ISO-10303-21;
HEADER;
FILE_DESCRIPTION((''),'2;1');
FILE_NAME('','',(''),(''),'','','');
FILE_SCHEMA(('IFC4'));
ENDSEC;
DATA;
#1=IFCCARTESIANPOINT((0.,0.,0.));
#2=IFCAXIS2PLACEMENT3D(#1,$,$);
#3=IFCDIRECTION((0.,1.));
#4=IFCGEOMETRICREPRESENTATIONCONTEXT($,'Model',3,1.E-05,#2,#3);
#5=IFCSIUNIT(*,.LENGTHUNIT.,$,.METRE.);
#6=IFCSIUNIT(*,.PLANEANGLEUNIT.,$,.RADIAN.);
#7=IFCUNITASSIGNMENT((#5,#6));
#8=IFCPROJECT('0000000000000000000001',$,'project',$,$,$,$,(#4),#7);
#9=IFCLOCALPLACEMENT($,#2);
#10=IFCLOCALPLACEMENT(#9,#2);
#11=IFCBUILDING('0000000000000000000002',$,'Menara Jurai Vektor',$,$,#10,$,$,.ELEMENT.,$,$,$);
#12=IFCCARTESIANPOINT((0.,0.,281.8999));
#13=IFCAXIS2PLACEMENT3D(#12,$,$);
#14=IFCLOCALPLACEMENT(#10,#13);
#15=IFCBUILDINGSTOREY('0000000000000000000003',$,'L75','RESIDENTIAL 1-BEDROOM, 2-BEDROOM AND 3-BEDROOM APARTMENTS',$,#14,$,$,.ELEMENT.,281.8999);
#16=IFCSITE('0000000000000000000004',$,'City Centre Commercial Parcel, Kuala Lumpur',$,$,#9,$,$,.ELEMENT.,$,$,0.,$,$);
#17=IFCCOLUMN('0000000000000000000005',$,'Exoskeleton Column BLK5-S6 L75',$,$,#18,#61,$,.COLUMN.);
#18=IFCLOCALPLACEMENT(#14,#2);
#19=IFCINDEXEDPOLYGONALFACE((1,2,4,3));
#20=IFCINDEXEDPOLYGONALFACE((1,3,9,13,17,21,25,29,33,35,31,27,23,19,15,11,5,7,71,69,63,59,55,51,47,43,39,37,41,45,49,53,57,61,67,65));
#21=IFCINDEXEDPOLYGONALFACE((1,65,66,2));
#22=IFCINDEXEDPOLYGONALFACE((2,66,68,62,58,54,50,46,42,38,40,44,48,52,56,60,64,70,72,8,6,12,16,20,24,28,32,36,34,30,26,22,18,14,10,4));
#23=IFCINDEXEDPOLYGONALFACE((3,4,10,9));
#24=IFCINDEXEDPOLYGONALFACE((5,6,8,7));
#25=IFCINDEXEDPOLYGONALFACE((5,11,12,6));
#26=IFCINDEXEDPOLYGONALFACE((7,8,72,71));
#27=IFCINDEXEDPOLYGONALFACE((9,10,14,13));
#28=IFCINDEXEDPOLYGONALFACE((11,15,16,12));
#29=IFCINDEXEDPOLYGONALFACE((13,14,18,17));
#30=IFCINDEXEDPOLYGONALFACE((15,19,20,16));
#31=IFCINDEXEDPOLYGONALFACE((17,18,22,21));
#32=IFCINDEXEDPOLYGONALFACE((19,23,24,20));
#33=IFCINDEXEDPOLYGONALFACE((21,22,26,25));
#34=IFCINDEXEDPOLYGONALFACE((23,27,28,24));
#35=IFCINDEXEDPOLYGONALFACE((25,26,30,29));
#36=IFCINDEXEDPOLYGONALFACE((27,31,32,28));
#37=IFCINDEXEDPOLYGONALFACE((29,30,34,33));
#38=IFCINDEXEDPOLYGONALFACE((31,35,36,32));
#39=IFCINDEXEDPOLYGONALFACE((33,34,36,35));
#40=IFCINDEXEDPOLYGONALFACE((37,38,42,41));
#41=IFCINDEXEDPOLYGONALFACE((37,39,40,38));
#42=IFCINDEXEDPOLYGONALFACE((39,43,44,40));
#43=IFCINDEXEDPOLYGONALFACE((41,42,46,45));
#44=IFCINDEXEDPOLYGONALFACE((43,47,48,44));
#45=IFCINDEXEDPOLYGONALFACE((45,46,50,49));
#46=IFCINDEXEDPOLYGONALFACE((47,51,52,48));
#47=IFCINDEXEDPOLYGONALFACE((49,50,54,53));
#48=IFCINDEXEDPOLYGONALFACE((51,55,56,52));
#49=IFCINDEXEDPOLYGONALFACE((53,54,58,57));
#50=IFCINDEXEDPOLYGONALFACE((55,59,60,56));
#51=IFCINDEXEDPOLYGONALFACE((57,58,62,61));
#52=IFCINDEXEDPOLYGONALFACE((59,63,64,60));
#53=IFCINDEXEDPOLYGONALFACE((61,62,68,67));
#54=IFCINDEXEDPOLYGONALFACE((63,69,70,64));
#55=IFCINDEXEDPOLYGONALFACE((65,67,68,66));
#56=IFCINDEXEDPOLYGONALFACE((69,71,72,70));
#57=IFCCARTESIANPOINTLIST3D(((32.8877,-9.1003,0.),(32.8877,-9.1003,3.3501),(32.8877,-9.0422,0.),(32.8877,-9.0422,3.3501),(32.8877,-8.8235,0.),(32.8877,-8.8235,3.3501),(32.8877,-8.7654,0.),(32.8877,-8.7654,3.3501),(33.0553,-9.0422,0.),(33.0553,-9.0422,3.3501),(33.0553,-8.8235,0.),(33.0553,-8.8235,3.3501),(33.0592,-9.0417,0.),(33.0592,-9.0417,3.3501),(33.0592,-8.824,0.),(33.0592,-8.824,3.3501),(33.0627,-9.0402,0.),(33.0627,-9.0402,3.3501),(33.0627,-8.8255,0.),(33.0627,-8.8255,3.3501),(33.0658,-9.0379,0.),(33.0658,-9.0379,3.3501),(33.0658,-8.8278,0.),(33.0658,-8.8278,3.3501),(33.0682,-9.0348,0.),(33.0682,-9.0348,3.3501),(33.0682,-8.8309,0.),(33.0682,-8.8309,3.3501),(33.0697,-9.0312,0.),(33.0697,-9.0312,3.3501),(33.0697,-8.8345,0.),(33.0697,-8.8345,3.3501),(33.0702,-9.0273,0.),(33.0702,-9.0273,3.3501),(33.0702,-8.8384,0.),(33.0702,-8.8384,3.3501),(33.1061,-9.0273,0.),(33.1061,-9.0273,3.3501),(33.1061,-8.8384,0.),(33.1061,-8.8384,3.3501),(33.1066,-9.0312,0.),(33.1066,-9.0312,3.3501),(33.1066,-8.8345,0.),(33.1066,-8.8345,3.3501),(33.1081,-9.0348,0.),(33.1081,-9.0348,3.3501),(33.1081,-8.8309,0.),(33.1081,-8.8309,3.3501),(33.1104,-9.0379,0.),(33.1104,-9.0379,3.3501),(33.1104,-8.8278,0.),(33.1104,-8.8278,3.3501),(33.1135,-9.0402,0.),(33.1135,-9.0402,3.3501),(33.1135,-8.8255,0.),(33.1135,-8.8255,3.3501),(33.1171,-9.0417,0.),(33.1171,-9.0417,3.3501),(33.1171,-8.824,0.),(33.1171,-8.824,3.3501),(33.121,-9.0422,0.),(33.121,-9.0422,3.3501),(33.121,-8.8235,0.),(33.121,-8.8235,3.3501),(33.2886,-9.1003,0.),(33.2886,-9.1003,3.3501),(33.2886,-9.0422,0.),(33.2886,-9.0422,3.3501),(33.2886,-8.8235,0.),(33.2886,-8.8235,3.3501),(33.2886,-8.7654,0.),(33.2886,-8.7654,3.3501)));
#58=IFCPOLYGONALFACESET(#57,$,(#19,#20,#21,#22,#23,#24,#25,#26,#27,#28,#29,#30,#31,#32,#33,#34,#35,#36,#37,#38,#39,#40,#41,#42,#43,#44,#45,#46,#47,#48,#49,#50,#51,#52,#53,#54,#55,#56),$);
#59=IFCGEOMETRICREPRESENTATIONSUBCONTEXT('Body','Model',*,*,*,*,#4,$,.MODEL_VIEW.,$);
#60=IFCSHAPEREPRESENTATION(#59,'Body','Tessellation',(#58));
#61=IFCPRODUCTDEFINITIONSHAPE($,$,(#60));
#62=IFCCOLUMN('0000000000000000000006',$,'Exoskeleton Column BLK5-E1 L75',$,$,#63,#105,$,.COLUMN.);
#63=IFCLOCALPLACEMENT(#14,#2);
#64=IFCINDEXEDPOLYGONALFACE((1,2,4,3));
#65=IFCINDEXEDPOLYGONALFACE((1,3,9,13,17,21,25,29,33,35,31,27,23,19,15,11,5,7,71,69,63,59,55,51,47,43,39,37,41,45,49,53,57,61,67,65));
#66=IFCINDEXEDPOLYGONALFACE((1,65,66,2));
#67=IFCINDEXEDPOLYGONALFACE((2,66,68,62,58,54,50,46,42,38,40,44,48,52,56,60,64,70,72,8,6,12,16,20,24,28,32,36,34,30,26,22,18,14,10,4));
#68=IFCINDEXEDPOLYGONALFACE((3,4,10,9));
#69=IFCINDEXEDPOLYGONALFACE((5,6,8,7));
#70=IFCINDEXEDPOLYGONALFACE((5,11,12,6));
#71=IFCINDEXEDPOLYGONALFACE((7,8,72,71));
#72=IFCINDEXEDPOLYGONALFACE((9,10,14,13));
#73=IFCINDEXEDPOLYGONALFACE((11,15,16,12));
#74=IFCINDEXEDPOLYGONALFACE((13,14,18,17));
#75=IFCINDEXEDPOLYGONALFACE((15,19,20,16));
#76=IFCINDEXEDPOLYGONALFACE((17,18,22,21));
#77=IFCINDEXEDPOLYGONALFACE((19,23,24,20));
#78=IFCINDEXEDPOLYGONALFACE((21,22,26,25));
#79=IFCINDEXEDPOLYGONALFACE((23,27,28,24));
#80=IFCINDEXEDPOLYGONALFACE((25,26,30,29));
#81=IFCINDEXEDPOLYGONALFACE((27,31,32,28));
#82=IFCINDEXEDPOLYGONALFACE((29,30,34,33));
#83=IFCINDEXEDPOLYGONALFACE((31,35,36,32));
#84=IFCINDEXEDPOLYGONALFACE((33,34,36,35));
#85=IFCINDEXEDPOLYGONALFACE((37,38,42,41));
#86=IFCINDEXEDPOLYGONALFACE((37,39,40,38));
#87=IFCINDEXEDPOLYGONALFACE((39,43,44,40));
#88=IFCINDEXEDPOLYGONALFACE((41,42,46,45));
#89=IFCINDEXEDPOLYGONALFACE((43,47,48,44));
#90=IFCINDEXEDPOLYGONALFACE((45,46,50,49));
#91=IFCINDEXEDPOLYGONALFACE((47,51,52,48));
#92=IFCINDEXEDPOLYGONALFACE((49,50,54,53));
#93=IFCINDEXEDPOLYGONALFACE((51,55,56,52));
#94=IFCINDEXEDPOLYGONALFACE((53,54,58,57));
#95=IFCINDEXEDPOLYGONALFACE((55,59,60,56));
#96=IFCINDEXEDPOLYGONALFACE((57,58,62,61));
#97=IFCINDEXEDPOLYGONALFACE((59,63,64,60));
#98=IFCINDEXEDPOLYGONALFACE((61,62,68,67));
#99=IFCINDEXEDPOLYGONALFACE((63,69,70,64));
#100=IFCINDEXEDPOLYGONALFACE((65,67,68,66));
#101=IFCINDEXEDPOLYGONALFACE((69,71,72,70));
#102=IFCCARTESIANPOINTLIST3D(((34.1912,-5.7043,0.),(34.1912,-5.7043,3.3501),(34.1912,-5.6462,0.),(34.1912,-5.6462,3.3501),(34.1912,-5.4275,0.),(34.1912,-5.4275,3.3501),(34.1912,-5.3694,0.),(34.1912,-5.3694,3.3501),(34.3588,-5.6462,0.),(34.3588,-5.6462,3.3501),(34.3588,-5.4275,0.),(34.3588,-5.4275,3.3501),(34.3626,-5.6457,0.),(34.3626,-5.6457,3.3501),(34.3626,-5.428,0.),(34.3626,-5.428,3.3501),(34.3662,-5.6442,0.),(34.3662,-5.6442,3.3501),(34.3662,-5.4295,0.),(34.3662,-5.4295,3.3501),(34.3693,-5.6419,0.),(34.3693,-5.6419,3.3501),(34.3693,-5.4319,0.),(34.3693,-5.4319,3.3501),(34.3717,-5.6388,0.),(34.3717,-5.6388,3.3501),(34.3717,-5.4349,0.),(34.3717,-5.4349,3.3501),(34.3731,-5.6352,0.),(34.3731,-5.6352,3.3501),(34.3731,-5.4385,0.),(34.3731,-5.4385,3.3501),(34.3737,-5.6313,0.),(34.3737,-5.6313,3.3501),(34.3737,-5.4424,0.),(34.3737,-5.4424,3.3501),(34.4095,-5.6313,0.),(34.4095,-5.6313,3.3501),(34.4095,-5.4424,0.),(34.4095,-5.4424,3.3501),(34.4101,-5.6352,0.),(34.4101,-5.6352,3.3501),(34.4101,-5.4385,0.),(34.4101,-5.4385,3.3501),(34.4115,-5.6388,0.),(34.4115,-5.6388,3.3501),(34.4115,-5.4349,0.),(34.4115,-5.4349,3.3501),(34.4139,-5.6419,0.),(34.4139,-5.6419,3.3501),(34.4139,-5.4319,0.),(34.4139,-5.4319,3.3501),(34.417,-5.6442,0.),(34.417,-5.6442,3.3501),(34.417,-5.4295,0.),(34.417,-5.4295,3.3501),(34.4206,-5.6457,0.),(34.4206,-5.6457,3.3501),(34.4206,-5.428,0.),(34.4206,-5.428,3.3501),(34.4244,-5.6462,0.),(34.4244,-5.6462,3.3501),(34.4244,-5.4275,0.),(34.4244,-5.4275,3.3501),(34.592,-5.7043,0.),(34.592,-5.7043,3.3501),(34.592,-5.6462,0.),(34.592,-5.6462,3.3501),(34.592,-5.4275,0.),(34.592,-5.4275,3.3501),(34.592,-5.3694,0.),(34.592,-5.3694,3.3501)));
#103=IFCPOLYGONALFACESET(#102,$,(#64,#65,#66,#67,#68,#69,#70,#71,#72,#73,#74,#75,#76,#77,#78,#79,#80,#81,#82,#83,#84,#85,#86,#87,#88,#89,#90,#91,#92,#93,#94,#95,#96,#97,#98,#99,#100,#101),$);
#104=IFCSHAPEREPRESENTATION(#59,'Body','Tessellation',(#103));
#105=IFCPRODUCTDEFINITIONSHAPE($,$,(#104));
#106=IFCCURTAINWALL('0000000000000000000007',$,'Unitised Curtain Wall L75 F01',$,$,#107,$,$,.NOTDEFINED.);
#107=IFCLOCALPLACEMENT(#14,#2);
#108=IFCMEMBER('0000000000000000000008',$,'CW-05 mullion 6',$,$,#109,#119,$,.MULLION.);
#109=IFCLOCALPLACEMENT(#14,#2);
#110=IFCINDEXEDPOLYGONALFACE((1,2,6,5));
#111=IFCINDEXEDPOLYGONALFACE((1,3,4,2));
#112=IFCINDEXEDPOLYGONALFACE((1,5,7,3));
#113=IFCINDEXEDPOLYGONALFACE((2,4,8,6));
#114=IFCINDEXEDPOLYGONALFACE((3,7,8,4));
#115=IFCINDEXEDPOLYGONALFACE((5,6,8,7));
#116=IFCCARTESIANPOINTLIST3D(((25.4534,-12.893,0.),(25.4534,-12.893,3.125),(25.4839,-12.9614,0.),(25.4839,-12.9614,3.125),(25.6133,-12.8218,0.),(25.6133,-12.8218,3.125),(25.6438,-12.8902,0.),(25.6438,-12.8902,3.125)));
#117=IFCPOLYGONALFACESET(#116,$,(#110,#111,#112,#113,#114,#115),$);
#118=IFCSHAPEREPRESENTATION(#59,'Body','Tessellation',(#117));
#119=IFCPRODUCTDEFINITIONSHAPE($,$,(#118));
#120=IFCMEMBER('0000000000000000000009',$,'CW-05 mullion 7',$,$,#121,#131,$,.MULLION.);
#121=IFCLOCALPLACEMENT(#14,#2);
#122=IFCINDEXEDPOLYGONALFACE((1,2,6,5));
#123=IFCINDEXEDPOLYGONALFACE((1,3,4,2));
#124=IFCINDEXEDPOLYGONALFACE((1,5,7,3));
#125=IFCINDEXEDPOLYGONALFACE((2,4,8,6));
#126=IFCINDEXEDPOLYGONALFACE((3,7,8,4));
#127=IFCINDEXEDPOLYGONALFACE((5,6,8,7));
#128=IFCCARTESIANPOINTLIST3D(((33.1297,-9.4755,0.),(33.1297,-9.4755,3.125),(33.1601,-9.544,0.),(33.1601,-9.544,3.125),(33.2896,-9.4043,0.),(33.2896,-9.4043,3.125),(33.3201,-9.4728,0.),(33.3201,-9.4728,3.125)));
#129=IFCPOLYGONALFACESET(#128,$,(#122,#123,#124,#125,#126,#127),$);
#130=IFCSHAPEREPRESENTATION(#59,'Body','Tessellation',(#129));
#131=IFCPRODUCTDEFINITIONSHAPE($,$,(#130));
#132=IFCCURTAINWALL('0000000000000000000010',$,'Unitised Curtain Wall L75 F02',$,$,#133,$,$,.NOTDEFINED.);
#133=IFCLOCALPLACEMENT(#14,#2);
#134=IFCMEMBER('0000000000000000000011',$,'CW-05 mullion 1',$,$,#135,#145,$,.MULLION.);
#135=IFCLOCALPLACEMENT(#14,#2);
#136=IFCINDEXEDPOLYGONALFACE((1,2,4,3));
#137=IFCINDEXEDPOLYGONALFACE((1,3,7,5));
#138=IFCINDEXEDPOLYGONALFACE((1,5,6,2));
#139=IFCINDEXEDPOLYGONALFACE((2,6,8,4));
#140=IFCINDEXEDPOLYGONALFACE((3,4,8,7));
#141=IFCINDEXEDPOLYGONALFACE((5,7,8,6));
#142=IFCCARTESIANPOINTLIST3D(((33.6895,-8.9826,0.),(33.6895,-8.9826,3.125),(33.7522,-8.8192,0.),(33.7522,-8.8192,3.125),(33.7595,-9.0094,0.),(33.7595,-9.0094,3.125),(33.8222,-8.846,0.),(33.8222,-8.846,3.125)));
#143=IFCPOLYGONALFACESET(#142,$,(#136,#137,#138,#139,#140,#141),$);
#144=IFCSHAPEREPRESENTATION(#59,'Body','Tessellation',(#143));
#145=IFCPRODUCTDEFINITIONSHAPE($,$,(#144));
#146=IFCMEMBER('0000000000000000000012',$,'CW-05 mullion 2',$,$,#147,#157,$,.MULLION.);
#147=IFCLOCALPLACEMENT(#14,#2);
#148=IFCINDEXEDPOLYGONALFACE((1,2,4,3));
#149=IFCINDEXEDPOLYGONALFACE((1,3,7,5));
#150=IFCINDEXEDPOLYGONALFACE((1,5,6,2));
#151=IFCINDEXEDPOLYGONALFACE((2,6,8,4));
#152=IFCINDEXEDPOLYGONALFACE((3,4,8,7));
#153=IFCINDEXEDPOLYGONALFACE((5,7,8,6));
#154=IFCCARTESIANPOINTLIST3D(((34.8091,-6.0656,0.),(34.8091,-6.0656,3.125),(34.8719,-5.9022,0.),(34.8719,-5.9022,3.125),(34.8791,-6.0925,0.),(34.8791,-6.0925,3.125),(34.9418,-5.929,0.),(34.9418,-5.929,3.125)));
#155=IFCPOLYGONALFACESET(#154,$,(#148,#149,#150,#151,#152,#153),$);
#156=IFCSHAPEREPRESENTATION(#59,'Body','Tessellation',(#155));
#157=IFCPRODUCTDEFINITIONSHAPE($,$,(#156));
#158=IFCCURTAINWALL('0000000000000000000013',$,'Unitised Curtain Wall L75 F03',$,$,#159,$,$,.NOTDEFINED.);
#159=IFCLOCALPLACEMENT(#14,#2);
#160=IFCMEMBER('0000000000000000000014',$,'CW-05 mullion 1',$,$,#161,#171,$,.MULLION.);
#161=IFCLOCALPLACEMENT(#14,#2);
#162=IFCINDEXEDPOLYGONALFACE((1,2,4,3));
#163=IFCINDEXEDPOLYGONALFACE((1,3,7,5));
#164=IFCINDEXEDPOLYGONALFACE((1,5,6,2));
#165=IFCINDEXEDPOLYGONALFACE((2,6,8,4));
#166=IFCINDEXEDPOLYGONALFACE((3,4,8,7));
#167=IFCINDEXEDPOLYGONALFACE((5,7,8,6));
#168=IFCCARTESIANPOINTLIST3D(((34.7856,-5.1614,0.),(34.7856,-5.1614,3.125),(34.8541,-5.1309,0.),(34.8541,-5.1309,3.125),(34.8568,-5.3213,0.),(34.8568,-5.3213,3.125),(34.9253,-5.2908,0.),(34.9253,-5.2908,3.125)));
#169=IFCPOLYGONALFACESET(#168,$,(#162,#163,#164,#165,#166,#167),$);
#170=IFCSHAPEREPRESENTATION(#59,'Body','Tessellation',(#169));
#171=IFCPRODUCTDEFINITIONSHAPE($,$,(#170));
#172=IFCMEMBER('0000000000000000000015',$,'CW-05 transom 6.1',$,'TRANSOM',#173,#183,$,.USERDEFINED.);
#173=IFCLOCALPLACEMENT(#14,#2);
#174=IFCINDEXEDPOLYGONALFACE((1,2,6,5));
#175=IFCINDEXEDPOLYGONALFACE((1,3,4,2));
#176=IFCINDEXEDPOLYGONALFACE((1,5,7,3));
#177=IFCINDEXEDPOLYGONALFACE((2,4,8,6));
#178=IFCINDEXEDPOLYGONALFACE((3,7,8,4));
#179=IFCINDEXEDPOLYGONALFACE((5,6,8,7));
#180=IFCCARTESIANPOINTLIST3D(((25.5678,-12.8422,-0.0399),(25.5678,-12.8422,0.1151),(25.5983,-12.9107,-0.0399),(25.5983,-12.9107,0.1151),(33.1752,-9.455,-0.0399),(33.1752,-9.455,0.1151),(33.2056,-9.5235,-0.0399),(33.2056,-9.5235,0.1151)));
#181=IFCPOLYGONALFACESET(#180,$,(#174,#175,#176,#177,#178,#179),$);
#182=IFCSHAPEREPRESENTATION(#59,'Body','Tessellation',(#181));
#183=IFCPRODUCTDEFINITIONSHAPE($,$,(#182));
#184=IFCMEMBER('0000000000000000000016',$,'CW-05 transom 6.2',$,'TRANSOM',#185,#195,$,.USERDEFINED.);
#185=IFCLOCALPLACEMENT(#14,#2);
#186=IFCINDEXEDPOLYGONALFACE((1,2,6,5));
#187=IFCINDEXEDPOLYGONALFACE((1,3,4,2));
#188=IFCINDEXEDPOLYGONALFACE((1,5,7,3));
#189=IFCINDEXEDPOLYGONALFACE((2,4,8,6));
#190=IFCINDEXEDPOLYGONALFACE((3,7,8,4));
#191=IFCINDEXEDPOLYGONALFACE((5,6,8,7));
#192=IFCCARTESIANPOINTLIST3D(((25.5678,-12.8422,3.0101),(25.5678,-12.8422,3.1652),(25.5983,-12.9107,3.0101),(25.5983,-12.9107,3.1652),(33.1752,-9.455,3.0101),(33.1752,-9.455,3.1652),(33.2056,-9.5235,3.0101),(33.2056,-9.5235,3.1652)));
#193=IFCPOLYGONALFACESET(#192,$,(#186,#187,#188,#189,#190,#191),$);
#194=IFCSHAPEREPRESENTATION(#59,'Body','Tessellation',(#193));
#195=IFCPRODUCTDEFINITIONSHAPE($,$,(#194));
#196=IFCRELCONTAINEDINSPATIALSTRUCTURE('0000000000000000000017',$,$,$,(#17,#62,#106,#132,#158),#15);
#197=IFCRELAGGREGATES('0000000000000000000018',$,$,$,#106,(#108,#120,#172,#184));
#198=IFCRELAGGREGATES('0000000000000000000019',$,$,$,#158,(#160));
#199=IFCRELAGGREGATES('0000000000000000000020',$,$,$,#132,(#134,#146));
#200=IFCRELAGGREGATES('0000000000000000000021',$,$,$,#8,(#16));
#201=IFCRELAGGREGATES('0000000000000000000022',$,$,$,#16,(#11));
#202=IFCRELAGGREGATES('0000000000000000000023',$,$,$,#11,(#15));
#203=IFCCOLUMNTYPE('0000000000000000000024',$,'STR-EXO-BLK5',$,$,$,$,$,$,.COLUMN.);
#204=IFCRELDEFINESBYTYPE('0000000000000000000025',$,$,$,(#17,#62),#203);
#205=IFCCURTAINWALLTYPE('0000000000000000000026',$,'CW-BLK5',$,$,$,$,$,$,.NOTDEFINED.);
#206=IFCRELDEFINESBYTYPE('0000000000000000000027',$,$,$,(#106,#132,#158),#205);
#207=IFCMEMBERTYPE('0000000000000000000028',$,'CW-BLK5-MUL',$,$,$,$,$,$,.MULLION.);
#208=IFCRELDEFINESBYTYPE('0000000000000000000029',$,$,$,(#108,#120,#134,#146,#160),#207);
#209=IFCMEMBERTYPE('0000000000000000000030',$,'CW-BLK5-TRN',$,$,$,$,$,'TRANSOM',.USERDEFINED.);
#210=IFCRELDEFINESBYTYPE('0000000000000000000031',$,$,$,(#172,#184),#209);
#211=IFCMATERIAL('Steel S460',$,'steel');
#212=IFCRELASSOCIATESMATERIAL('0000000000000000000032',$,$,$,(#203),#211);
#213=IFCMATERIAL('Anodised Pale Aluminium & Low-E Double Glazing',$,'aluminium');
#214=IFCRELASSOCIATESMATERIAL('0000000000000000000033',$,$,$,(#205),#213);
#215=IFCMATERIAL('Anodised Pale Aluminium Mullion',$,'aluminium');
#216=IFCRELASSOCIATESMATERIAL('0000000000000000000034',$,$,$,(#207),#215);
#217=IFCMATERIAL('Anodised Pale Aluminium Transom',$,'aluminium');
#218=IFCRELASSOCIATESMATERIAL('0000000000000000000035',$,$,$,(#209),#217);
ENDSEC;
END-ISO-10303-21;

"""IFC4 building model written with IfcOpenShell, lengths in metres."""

from ifc_helpers import new_model, si_unit, direction, frame, origin, origin_2d, place, context, subcontext, project, spatial, rectangle, i_section, extrude, material, material_profile, profile_set, type_object, element, aggregate, save


model = new_model("IFC4")

# Units and contexts
model_context = context("Model", 3, precision=1e-05, world=origin(), true_north=direction((0.0, 1.0)))
body_context = subcontext(model_context, "Body", "Model", "MODEL_VIEW")
ifc_project = project(units=[si_unit("LENGTHUNIT", "METRE"), si_unit("PLANEANGLEUNIT", "RADIAN")], contexts=[model_context])

# Site, building, storey
site_placement = place(None, origin())
site = spatial("IfcSite", under=ifc_project, at=site_placement, Name="City Centre Commercial Parcel, Kuala Lumpur", CompositionType="ELEMENT", RefElevation=0.0)
building_placement = place(site_placement, origin())
building = spatial("IfcBuilding", under=site, at=building_placement, Name="Menara Jurai Vektor", CompositionType="ELEMENT")
storey_placement = place(building_placement, frame((0.0, 0.0, 281.8999)))
storey = spatial("IfcBuildingStorey", under=building, at=storey_placement, Name="L75", Description="RESIDENTIAL 1-BEDROOM, 2-BEDROOM AND 3-BEDROOM APARTMENTS", CompositionType="ELEMENT", Elevation=281.8999)

# Columns
ifc_material_1 = material(Name="Steel S460", Category="steel")
ifc_material_profile_1 = material_profile(ifc_material_1, i_section(OverallWidth=0.4009, OverallDepth=0.335, WebThickness=0.0359, FlangeThickness=0.0581, FilletRadius=0.0149, at=origin_2d()), Name="HD 400x463")
ifc_profile_set_1 = profile_set([ifc_material_profile_1], Name="Steel S460")
column_type = type_object("IfcColumnType", Name="STR-EXO-BLK5", PredefinedType="COLUMN", material=ifc_profile_set_1)
for number, where, z_axis, x_axis, name in (
    (1, (33.0881, -8.9329, 0.0), (0.0, 0.0, 1.0), (1.0, 0.0, 0.0), "Exoskeleton Column BLK5-S6 L75"),
    (2, (34.3916, -5.5369, 0.0), (0.0, 0.0, 1.0), (1.0, 0.0, 0.0), "Exoskeleton Column BLK5-E1 L75"),
):
    element("IfcColumn", number, at=place(storey_placement, frame(where, z_axis=z_axis, x_axis=x_axis)), inside=storey, type_object=column_type, Name=name, PredefinedType="COLUMN", context=body_context, shape_type="SweptSolid", body=[
        extrude(i_section(OverallWidth=0.4009, OverallDepth=0.335, WebThickness=0.0359, FlangeThickness=0.0581, FilletRadius=0.0149, at=origin_2d()), origin(), (0.0, 0.0, 1.0), 3.3501),
    ])

# Curtain walls, members
ifc_material_2 = material(Name="Anodised Pale Aluminium & Low-E Double Glazing", Category="aluminium")
curtain_wall_type = type_object("IfcCurtainWallType", Name="CW-BLK5", PredefinedType="NOTDEFINED", material=ifc_material_2)
curtain_wall_1_placement = place(storey_placement, origin())
curtain_wall_1 = element("IfcCurtainWall", 3, at=curtain_wall_1_placement, inside=storey, type_object=curtain_wall_type, Name="Unitised Curtain Wall L75 F01", PredefinedType="NOTDEFINED")
ifc_material_3 = material(Name="Anodised Pale Aluminium Mullion", Category="aluminium")
ifc_material_profile_2 = material_profile(ifc_material_3, rectangle(XDim=0.075, YDim=0.175, at=origin_2d()), Name="ALU MUL 75x175")
ifc_profile_set_2 = profile_set([ifc_material_profile_2], Name="Anodised Pale Aluminium Mullion")
member_type_1 = type_object("IfcMemberType", Name="CW-BLK5-MUL", PredefinedType="MULLION", material=ifc_profile_set_2)
member_1_placement = place(storey_placement, frame((25.5486, -12.8916, 0.0), z_axis=(0.0, 0.0, 1.0), x_axis=(-0.406735, 0.913546, 0.0)))
member_1 = element("IfcMember", 4, at=member_1_placement, type_object=member_type_1, Name="CW-05 mullion 6", PredefinedType="MULLION", context=body_context, shape_type="SweptSolid", body=[
    extrude(rectangle(XDim=0.075, YDim=0.175, at=origin_2d()), origin(), (0.0, 0.0, 1.0), 3.125),
])
member_2_placement = place(storey_placement, frame((33.2249, -9.4741, 0.0), z_axis=(0.0, 0.0, 1.0), x_axis=(-0.406735, 0.913546, 0.0)))
member_2 = element("IfcMember", 5, at=member_2_placement, type_object=member_type_1, Name="CW-05 mullion 7", PredefinedType="MULLION", context=body_context, shape_type="SweptSolid", body=[
    extrude(rectangle(XDim=0.075, YDim=0.175, at=origin_2d()), origin(), (0.0, 0.0, 1.0), 3.125),
])
curtain_wall_2_placement = place(storey_placement, origin())
curtain_wall_2 = element("IfcCurtainWall", 6, at=curtain_wall_2_placement, inside=storey, type_object=curtain_wall_type, Name="Unitised Curtain Wall L75 F02", PredefinedType="NOTDEFINED")
member_3_placement = place(storey_placement, frame((33.7559, -8.9143, 0.0), z_axis=(0.0, 0.0, 1.0), x_axis=(-0.933578, 0.358374, 0.0)))
member_3 = element("IfcMember", 7, at=member_3_placement, type_object=member_type_1, Name="CW-05 mullion 1", PredefinedType="MULLION", context=body_context, shape_type="SweptSolid", body=[
    extrude(rectangle(XDim=0.075, YDim=0.175, at=origin_2d()), origin(), (0.0, 0.0, 1.0), 3.125),
])
member_4_placement = place(storey_placement, frame((34.8755, -5.9973, 0.0), z_axis=(0.0, 0.0, 1.0), x_axis=(-0.933578, 0.358374, 0.0)))
member_4 = element("IfcMember", 8, at=member_4_placement, type_object=member_type_1, Name="CW-05 mullion 2", PredefinedType="MULLION", context=body_context, shape_type="SweptSolid", body=[
    extrude(rectangle(XDim=0.075, YDim=0.175, at=origin_2d()), origin(), (0.0, 0.0, 1.0), 3.125),
])

# Curtain wall, member
curtain_wall_3_placement = place(storey_placement, origin())
curtain_wall_3 = element("IfcCurtainWall", 9, at=curtain_wall_3_placement, inside=storey, type_object=curtain_wall_type, Name="Unitised Curtain Wall L75 F03", PredefinedType="NOTDEFINED")
member_5_placement = place(storey_placement, frame((34.8555, -5.2261, 0.0), z_axis=(0.0, 0.0, 1.0), x_axis=(-0.913546, -0.406735, 0.0)))
member_5 = element("IfcMember", 10, at=member_5_placement, type_object=member_type_1, Name="CW-05 mullion 1", PredefinedType="MULLION", context=body_context, shape_type="SweptSolid", body=[
    extrude(rectangle(XDim=0.075, YDim=0.175, at=origin_2d()), origin(), (0.0, 0.0, 1.0), 3.125),
])

# Members
ifc_material_4 = material(Name="Anodised Pale Aluminium Transom", Category="aluminium")
ifc_material_profile_3 = material_profile(ifc_material_4, rectangle(XDim=0.075, YDim=0.155, at=origin_2d()), Name="ALU TRN 75x155")
ifc_profile_set_3 = profile_set([ifc_material_profile_3], Name="Anodised Pale Aluminium Transom")
member_type_2 = type_object("IfcMemberType", Name="CW-BLK5-TRN", ElementType="TRANSOM", PredefinedType="USERDEFINED", material=ifc_profile_set_3)
member_6_placement = place(storey_placement, frame((25.583, -12.8765, 0.0376), z_axis=(0.913538, 0.406753, 0.0), x_axis=(-0.406753, 0.913538, 0.0)))
member_6 = element("IfcMember", 11, at=member_6_placement, type_object=member_type_2, Name="CW-05 transom 6.1", ObjectType="TRANSOM", PredefinedType="USERDEFINED", context=body_context, shape_type="SweptSolid", body=[
    extrude(rectangle(XDim=0.075, YDim=0.155, at=origin_2d()), origin(), (0.0, 0.0, 1.0), 8.3274),
])
member_7_placement = place(storey_placement, frame((25.583, -12.8765, 3.0876), z_axis=(0.913538, 0.406753, 0.0), x_axis=(-0.406753, 0.913538, 0.0)))
member_7 = element("IfcMember", 12, at=member_7_placement, type_object=member_type_2, Name="CW-05 transom 6.2", ObjectType="TRANSOM", PredefinedType="USERDEFINED", context=body_context, shape_type="SweptSolid", body=[
    extrude(rectangle(XDim=0.075, YDim=0.155, at=origin_2d()), origin(), (0.0, 0.0, 1.0), 8.3274),
])

aggregate(curtain_wall_1, [member_1, member_2, member_6, member_7])
aggregate(curtain_wall_3, [member_5])
aggregate(curtain_wall_2, [member_3, member_4])

save(model, "model.ifc")
